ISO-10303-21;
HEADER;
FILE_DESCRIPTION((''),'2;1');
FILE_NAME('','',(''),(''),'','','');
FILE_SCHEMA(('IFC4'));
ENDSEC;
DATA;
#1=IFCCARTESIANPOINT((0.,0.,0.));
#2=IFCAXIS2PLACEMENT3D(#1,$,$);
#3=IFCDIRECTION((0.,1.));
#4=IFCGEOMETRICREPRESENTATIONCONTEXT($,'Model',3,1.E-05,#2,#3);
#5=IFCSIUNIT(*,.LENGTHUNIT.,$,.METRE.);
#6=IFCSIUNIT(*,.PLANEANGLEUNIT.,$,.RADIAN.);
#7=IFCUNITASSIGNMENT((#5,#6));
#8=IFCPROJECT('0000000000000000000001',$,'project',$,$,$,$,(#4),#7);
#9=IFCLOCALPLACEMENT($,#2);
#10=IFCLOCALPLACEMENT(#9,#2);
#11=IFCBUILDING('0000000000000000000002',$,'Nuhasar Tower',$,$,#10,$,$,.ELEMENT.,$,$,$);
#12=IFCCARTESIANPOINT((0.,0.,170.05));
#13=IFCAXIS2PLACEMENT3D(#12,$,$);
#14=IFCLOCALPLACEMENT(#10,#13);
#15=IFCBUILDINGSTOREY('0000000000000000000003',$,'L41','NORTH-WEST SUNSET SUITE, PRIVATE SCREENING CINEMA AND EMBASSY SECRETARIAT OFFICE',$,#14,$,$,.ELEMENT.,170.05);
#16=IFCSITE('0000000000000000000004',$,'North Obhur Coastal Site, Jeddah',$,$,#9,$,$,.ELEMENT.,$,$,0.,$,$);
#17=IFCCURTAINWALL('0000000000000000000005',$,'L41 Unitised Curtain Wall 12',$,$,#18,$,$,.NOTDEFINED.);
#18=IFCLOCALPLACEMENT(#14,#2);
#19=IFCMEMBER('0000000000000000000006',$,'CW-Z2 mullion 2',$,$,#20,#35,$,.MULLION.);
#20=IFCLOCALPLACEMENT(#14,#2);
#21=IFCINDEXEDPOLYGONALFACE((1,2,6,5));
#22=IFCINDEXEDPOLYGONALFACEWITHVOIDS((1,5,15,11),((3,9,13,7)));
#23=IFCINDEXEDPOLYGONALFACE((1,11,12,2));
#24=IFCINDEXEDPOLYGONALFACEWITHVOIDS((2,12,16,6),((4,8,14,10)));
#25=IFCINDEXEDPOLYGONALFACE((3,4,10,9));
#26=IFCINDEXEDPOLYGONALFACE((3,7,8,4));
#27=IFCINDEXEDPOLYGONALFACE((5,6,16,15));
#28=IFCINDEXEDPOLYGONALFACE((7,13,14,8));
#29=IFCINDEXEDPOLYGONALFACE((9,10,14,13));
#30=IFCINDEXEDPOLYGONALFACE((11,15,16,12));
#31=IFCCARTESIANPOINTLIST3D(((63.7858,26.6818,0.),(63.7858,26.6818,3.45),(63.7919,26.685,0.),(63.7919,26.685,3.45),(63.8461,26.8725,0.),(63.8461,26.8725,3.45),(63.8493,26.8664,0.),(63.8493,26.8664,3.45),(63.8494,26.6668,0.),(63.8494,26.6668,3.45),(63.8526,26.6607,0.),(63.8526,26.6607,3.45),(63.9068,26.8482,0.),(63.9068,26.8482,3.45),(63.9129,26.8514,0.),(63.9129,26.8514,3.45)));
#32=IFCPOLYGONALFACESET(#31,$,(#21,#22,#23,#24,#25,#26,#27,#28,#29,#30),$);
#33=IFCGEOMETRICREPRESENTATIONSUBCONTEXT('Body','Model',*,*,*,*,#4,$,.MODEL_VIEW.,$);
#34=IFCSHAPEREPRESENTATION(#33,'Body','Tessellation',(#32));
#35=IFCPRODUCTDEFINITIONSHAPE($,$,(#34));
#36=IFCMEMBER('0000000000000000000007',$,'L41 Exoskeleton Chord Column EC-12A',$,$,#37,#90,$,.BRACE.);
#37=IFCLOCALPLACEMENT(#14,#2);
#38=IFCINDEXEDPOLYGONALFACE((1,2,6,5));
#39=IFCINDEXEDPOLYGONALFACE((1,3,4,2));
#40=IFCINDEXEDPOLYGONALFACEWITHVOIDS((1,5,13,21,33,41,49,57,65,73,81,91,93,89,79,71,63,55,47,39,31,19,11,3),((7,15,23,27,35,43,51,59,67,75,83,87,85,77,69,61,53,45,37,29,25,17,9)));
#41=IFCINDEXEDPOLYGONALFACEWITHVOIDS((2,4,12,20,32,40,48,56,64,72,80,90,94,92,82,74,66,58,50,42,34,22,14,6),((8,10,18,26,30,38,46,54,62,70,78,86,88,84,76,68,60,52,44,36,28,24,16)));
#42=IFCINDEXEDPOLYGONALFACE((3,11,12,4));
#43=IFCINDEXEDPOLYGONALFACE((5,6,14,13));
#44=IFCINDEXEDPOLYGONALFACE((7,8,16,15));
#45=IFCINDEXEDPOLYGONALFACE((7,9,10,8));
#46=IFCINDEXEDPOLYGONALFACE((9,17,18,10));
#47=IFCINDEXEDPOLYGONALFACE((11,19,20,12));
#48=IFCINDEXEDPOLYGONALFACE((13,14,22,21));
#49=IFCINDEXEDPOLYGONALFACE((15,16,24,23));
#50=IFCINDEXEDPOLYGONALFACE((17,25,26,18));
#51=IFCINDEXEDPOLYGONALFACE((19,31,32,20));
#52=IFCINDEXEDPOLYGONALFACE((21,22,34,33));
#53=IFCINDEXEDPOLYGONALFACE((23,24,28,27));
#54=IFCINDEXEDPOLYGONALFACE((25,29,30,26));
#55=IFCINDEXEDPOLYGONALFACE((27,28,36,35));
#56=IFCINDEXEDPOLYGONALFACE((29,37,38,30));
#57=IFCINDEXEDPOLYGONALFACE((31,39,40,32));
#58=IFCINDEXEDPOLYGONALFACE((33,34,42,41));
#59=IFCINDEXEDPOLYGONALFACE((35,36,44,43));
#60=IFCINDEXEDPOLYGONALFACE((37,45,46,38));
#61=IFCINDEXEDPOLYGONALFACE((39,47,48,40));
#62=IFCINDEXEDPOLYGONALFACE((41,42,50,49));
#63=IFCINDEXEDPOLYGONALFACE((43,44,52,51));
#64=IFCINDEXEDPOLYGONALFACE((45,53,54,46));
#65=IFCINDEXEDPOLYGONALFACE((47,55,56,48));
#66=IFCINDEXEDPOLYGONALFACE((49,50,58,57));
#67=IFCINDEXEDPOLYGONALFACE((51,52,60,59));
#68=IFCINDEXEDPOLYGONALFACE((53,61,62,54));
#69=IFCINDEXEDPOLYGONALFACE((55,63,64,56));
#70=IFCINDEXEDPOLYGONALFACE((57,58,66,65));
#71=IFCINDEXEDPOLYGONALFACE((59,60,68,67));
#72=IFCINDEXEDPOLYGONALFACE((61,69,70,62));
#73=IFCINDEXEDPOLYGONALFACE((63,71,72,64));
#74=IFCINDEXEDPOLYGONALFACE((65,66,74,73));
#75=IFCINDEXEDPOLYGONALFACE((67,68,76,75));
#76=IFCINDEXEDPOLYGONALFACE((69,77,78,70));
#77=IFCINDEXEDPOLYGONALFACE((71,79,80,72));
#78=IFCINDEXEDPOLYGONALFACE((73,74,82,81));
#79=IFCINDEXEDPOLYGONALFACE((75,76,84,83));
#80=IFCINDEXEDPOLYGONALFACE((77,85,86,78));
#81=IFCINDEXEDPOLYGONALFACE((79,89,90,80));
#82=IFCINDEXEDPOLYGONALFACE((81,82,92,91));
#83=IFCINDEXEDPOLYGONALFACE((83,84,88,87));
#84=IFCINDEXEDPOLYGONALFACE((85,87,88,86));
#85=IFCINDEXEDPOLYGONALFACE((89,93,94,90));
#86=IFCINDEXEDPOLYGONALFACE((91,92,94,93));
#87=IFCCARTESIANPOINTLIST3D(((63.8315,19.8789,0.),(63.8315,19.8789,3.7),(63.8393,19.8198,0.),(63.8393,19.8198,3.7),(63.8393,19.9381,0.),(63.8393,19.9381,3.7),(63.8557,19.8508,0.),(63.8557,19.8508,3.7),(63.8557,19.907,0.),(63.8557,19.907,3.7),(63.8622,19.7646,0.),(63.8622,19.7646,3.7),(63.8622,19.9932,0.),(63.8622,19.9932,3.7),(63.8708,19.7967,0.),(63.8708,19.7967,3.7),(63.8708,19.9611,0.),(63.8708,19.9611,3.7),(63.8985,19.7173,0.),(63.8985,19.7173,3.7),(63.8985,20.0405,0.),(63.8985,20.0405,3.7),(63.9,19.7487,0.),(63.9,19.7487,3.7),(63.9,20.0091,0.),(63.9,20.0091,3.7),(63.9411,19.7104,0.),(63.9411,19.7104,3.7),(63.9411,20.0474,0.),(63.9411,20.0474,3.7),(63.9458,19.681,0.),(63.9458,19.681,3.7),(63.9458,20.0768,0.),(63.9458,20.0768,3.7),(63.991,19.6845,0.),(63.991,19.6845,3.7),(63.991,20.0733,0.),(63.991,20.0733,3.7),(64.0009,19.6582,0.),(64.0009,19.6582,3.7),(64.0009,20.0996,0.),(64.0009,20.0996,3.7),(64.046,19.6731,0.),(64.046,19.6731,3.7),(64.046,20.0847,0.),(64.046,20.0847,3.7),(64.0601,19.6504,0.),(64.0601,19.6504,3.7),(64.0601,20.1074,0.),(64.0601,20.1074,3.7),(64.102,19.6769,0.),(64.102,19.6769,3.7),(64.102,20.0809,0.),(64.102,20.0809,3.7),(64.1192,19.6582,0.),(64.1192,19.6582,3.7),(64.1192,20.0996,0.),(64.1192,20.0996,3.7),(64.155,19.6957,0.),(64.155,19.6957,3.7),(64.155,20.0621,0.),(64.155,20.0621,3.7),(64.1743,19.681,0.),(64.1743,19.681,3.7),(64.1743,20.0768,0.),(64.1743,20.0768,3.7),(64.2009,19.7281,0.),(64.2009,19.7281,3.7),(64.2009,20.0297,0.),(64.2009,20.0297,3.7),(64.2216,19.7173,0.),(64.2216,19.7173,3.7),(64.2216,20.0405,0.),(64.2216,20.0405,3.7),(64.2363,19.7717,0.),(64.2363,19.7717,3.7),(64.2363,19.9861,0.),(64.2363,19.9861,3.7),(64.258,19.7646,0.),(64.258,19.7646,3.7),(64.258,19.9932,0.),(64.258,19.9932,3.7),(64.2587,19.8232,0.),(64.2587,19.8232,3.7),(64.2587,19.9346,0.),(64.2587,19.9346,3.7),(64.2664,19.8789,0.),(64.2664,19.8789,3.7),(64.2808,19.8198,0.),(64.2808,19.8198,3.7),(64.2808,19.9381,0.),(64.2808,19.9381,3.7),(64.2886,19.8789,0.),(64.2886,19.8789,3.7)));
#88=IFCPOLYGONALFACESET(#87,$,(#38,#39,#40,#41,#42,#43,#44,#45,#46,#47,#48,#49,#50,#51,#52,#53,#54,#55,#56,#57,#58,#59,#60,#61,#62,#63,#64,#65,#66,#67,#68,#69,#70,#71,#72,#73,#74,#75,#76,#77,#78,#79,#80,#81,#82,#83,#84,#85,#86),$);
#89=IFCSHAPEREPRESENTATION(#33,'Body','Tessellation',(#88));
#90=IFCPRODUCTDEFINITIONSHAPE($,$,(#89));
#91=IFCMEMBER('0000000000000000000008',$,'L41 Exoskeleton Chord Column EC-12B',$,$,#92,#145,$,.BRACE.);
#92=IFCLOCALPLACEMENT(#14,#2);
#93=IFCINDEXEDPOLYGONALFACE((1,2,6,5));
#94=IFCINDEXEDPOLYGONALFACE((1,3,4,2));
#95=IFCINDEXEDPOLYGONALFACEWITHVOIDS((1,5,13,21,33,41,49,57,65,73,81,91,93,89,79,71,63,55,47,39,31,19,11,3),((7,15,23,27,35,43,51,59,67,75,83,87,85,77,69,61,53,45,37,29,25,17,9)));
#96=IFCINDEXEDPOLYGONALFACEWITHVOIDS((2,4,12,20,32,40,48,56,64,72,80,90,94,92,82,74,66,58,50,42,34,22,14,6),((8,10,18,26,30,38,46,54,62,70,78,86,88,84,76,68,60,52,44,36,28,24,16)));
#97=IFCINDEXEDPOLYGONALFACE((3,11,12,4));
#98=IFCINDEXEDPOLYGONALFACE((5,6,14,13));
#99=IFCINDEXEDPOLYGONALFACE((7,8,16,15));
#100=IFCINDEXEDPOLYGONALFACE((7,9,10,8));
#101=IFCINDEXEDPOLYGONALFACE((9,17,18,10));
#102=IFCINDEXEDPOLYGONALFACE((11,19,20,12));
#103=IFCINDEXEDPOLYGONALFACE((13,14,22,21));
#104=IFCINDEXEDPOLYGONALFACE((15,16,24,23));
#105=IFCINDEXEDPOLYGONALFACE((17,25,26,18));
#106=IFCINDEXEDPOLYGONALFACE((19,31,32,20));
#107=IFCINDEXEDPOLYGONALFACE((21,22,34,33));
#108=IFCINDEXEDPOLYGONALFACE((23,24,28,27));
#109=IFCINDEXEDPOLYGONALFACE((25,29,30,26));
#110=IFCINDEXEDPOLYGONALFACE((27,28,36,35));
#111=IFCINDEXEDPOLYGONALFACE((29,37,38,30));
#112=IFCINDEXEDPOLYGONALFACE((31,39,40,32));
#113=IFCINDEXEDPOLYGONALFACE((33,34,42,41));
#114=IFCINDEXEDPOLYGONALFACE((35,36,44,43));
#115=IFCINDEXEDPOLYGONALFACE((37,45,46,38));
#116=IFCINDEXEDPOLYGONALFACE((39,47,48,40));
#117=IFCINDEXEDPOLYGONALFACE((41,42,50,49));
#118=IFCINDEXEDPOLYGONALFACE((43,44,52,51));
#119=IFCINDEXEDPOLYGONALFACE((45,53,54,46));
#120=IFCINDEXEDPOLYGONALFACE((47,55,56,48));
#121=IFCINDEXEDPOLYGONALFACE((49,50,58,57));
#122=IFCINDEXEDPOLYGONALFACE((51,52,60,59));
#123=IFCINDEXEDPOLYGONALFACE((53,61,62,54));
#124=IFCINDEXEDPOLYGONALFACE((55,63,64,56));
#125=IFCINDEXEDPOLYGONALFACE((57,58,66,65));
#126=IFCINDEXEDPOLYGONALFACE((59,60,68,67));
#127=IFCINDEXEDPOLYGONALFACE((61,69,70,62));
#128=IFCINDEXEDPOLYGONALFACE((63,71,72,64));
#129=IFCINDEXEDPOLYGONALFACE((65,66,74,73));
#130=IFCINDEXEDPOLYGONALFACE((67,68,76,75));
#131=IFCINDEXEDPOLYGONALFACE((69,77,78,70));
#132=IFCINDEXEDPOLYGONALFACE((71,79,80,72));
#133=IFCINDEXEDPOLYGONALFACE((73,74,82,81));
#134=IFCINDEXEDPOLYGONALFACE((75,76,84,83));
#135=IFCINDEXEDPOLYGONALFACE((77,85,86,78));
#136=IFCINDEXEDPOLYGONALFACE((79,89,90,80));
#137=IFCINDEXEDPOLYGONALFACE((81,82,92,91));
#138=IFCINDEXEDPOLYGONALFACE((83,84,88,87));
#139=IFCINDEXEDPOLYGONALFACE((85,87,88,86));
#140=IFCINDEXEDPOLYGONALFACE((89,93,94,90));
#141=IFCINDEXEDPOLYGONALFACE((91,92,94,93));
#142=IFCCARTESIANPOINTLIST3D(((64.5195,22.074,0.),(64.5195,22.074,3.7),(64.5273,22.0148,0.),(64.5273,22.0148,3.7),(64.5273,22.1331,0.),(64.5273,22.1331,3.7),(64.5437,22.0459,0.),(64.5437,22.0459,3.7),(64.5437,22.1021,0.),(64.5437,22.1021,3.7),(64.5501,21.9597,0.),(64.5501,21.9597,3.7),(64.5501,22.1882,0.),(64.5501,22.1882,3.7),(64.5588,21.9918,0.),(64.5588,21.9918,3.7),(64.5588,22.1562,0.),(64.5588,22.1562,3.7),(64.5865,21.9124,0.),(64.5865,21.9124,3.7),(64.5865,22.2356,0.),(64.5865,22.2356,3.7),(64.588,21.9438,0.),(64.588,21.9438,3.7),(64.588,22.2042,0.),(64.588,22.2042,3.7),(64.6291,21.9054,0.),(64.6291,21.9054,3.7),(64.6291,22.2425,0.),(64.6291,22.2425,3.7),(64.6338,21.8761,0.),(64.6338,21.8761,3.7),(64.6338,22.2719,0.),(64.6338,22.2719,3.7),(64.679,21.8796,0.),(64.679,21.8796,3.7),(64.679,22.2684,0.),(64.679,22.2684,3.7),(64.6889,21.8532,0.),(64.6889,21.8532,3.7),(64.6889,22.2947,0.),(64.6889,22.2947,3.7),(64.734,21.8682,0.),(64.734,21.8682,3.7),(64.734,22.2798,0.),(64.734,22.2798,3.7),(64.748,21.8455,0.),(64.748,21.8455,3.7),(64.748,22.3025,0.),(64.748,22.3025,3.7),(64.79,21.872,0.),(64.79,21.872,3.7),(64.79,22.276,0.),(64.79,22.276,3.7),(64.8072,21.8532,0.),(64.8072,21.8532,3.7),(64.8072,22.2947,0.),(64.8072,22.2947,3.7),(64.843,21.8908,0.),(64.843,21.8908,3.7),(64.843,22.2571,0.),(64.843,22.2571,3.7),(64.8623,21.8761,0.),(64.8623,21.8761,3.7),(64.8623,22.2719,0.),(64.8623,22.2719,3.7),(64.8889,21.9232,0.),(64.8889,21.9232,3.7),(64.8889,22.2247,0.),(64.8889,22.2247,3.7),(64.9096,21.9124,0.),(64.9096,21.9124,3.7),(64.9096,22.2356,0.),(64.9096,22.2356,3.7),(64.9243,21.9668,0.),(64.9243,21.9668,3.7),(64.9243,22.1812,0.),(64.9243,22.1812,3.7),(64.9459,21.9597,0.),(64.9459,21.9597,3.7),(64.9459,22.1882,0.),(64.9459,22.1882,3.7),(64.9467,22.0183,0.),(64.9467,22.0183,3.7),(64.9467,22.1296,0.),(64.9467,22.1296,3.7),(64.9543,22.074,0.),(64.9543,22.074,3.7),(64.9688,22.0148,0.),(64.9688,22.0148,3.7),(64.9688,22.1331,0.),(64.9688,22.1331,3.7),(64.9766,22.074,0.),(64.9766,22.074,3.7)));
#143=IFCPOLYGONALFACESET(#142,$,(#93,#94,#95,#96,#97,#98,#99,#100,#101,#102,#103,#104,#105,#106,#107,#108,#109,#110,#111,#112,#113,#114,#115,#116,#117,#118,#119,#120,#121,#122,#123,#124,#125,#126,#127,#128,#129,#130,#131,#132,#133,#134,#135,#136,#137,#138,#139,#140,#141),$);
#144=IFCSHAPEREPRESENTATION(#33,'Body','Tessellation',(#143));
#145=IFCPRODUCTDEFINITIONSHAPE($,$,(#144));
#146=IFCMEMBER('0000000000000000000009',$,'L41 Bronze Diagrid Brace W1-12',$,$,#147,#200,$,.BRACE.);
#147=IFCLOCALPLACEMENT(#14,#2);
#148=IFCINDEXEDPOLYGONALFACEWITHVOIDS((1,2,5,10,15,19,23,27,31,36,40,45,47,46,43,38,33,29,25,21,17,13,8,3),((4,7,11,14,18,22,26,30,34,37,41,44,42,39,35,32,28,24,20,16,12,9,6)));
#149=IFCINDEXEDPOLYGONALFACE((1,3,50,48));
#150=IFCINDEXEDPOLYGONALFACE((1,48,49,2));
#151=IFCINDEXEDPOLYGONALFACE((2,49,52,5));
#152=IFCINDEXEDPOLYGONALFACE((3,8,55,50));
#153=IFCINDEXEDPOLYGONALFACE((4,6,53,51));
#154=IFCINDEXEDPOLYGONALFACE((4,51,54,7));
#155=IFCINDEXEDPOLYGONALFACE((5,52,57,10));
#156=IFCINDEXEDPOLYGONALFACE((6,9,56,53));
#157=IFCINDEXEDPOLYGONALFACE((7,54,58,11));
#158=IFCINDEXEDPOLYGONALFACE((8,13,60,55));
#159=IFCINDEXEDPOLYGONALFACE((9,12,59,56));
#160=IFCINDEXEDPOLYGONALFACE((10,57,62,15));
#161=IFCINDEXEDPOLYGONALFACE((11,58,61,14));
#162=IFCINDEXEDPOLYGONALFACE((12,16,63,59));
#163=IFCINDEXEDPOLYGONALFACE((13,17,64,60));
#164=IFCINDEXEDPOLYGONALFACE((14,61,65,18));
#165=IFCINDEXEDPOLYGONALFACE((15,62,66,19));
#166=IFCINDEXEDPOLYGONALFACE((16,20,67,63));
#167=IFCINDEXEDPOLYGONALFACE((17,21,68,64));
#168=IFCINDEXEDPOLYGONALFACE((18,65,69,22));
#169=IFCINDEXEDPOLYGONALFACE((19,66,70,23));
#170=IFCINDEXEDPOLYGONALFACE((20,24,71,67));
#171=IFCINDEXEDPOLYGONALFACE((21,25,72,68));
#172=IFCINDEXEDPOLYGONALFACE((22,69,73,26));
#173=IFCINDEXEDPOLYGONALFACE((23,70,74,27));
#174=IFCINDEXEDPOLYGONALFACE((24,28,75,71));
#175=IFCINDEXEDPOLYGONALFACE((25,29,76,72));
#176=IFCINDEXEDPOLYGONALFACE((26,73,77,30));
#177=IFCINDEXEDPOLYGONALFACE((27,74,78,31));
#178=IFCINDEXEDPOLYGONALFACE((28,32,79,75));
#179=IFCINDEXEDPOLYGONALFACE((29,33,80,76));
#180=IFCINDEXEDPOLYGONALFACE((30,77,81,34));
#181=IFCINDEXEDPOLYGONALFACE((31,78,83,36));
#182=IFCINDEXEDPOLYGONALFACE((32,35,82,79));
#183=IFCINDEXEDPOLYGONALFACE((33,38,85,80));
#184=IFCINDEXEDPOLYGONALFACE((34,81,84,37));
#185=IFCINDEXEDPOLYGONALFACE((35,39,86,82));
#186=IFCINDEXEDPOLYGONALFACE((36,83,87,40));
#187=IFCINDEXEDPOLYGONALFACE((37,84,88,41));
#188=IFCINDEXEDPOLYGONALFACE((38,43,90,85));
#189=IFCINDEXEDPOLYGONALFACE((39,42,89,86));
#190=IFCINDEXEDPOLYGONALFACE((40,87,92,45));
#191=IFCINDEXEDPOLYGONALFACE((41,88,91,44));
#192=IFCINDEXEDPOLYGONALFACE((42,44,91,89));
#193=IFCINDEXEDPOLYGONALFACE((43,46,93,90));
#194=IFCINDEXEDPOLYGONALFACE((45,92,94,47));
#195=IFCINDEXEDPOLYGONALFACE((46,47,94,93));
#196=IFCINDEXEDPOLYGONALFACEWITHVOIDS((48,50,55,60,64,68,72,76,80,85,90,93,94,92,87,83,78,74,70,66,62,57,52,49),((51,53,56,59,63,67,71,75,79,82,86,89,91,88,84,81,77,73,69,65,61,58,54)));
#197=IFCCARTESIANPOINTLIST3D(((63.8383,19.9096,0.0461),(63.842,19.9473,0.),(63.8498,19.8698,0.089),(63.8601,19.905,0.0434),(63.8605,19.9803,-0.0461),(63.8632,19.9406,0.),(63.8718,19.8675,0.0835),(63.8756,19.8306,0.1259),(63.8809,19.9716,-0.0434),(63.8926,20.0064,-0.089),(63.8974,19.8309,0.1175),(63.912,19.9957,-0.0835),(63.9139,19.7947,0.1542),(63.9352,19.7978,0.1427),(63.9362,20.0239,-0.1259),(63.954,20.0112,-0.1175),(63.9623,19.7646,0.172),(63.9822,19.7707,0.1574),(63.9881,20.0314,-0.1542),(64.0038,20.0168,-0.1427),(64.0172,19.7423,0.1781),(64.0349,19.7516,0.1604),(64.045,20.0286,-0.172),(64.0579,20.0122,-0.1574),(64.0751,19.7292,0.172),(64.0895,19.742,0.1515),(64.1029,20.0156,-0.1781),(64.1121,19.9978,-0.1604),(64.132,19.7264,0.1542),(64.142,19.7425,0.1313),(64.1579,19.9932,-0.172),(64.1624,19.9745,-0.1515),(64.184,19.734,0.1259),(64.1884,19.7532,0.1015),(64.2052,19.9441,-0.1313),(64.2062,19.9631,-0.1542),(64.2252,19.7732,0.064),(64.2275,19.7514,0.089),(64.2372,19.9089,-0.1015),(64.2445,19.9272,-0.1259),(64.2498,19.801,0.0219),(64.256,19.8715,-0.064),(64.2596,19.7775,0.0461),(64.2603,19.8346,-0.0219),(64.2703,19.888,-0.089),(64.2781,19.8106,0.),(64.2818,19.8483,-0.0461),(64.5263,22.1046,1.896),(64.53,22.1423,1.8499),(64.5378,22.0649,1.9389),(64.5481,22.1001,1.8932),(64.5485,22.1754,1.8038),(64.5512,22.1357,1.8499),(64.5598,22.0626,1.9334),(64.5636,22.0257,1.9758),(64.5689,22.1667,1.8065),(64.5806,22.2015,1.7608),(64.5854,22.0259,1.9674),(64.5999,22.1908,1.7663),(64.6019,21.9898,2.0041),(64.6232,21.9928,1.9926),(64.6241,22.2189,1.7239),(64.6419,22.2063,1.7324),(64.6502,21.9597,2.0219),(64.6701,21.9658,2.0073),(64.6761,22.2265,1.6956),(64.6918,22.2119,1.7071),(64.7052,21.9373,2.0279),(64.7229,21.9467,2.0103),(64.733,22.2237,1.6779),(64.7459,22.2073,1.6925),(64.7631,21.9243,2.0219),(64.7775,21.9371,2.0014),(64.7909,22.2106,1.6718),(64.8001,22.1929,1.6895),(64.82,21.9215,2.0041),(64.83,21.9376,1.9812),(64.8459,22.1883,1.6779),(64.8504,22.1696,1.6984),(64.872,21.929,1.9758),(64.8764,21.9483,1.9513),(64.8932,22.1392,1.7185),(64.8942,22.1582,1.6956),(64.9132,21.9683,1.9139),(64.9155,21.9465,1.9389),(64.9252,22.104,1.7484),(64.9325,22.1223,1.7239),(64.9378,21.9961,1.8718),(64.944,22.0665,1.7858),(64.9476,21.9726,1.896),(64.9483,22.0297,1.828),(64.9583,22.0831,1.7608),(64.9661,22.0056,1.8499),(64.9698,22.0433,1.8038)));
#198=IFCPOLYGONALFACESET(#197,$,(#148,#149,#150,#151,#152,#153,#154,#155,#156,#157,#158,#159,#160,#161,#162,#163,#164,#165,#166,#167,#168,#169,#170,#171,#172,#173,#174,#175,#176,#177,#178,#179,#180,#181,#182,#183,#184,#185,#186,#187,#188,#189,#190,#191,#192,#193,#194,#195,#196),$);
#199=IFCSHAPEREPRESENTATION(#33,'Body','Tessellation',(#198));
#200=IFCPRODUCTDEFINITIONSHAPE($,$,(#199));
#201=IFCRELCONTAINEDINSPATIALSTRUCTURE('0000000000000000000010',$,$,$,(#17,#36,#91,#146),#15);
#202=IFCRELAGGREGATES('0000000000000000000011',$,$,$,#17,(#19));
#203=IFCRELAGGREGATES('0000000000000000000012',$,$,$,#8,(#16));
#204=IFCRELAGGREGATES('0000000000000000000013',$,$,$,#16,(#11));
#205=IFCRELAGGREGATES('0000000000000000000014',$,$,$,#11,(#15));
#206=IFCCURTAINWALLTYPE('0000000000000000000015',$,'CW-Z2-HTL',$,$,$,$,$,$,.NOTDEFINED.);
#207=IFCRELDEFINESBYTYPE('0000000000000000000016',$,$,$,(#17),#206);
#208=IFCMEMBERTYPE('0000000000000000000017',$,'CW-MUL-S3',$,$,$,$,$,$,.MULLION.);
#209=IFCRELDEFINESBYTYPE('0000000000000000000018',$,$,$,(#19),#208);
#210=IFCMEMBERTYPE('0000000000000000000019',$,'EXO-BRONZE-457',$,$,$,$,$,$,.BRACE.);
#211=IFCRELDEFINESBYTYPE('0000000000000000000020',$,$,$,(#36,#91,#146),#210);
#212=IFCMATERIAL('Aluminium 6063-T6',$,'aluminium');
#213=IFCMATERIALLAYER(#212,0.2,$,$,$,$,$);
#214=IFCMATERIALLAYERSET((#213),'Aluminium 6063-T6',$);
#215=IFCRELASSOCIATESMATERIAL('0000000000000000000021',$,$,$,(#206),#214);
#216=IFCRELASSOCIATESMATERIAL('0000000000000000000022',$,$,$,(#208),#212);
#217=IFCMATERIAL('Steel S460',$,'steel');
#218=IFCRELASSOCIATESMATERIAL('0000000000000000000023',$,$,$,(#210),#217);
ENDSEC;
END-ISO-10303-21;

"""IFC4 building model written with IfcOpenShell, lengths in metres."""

from ifc_helpers import new_model, si_unit, direction, frame, origin, origin_2d, place, context, subcontext, project, spatial, hollow_rectangle, hollow_circle, extrude, material, layer, layer_set, material_profile, profile_set, type_object, element, aggregate, save


model = new_model("IFC4")

# Units and contexts
model_context = context("Model", 3, precision=1e-05, world=origin(), true_north=direction((0.0, 1.0)))
body_context = subcontext(model_context, "Body", "Model", "MODEL_VIEW")
ifc_project = project(units=[si_unit("LENGTHUNIT", "METRE"), si_unit("PLANEANGLEUNIT", "RADIAN")], contexts=[model_context])

# Site, building, storey
site_placement = place(None, origin())
site = spatial("IfcSite", under=ifc_project, at=site_placement, Name="North Obhur Coastal Site, Jeddah", CompositionType="ELEMENT", RefElevation=0.0)
building_placement = place(site_placement, origin())
building = spatial("IfcBuilding", under=site, at=building_placement, Name="Nuhasar Tower", CompositionType="ELEMENT")
storey_placement = place(building_placement, frame((0.0, 0.0, 170.05)))
storey = spatial("IfcBuildingStorey", under=building, at=storey_placement, Name="L41", Description="NORTH-WEST SUNSET SUITE, PRIVATE SCREENING CINEMA AND EMBASSY SECRETARIAT OFFICE", CompositionType="ELEMENT", Elevation=170.05)

# Curtain wall, member
ifc_material_1 = material(Name="Aluminium 6063-T6", Category="aluminium")
ifc_layer_1 = layer(ifc_material_1, 0.2)
ifc_layer_set_1 = layer_set([ifc_layer_1], Name="Aluminium 6063-T6")
curtain_wall_type = type_object("IfcCurtainWallType", Name="CW-Z2-HTL", PredefinedType="NOTDEFINED", material=ifc_layer_set_1)
curtain_wall_placement = place(storey_placement, origin())
curtain_wall = element("IfcCurtainWall", 1, at=curtain_wall_placement, inside=storey, type_object=curtain_wall_type, Name="L41 Unitised Curtain Wall 12", PredefinedType="NOTDEFINED")
ifc_material_profile_1 = material_profile(ifc_material_1, hollow_rectangle(XDim=0.0701, YDim=0.2, WallThickness=0.0049, at=origin_2d()), Name="CWM-3")
ifc_profile_set_1 = profile_set([ifc_material_profile_1], Name="Aluminium 6063-T6")
member_type_1 = type_object("IfcMemberType", Name="CW-MUL-S3", PredefinedType="MULLION", material=ifc_profile_set_1)
member_1_placement = place(storey_placement, frame((63.8494, 26.7666, 0.0), z_axis=(0.0, 0.0, 1.0), x_axis=(-0.953433, 0.301604, 0.0)))
member_1 = element("IfcMember", 2, at=member_1_placement, type_object=member_type_1, Name="CW-Z2 mullion 2", PredefinedType="MULLION", context=body_context, shape_type="SweptSolid", body=[
    extrude(hollow_rectangle(XDim=0.0701, YDim=0.2, WallThickness=0.0049, at=origin_2d()), origin(), (0.0, 0.0, 1.0), 3.45),
])

# Members
ifc_material_2 = material(Name="Steel S460", Category="steel")
ifc_material_profile_2 = material_profile(ifc_material_2, hollow_circle(Radius=0.2285, WallThickness=0.0222, at=origin_2d()), Name="HSS457X22.2")
ifc_profile_set_2 = profile_set([ifc_material_profile_2], Name="Steel S460")
member_type_2 = type_object("IfcMemberType", Name="EXO-BRONZE-457", PredefinedType="BRACE", material=ifc_profile_set_2)
for number, where, z_axis, x_axis, name in (
    (3, (64.0601, 19.8789, 0.0), (0.0, 0.0, 1.0), (1.0, 0.0, 0.0), "L41 Exoskeleton Chord Column EC-12A"),
    (4, (64.748, 22.074, 0.0), (0.0, 0.0, 1.0), (1.0, 0.0, 0.0), "L41 Exoskeleton Chord Column EC-12B"),
):
    element("IfcMember", number, at=place(storey_placement, frame(where, z_axis=z_axis, x_axis=x_axis)), inside=storey, type_object=member_type_2, Name=name, PredefinedType="BRACE", context=body_context, shape_type="SweptSolid", body=[
        extrude(hollow_circle(Radius=0.2285, WallThickness=0.0222, at=origin_2d()), origin(), (0.0, 0.0, 1.0), 3.7),
    ])
member_2_placement = place(storey_placement, frame((64.0601, 19.8789, 0.0), z_axis=(0.233068, 0.743616, 0.626669), x_axis=(-0.954228, 0.299079, 0.0)))
element("IfcMember", 5, at=member_2_placement, inside=storey, type_object=member_type_2, Name="L41 Bronze Diagrid Brace W1-12", PredefinedType="BRACE", context=body_context, shape_type="SweptSolid", body=[
    extrude(hollow_circle(Radius=0.2285, WallThickness=0.0222, at=origin_2d()), origin(), (0.0, 0.0, 1.0), 2.9519),
])

aggregate(curtain_wall, [member_1])

save(model, "model.ifc")
